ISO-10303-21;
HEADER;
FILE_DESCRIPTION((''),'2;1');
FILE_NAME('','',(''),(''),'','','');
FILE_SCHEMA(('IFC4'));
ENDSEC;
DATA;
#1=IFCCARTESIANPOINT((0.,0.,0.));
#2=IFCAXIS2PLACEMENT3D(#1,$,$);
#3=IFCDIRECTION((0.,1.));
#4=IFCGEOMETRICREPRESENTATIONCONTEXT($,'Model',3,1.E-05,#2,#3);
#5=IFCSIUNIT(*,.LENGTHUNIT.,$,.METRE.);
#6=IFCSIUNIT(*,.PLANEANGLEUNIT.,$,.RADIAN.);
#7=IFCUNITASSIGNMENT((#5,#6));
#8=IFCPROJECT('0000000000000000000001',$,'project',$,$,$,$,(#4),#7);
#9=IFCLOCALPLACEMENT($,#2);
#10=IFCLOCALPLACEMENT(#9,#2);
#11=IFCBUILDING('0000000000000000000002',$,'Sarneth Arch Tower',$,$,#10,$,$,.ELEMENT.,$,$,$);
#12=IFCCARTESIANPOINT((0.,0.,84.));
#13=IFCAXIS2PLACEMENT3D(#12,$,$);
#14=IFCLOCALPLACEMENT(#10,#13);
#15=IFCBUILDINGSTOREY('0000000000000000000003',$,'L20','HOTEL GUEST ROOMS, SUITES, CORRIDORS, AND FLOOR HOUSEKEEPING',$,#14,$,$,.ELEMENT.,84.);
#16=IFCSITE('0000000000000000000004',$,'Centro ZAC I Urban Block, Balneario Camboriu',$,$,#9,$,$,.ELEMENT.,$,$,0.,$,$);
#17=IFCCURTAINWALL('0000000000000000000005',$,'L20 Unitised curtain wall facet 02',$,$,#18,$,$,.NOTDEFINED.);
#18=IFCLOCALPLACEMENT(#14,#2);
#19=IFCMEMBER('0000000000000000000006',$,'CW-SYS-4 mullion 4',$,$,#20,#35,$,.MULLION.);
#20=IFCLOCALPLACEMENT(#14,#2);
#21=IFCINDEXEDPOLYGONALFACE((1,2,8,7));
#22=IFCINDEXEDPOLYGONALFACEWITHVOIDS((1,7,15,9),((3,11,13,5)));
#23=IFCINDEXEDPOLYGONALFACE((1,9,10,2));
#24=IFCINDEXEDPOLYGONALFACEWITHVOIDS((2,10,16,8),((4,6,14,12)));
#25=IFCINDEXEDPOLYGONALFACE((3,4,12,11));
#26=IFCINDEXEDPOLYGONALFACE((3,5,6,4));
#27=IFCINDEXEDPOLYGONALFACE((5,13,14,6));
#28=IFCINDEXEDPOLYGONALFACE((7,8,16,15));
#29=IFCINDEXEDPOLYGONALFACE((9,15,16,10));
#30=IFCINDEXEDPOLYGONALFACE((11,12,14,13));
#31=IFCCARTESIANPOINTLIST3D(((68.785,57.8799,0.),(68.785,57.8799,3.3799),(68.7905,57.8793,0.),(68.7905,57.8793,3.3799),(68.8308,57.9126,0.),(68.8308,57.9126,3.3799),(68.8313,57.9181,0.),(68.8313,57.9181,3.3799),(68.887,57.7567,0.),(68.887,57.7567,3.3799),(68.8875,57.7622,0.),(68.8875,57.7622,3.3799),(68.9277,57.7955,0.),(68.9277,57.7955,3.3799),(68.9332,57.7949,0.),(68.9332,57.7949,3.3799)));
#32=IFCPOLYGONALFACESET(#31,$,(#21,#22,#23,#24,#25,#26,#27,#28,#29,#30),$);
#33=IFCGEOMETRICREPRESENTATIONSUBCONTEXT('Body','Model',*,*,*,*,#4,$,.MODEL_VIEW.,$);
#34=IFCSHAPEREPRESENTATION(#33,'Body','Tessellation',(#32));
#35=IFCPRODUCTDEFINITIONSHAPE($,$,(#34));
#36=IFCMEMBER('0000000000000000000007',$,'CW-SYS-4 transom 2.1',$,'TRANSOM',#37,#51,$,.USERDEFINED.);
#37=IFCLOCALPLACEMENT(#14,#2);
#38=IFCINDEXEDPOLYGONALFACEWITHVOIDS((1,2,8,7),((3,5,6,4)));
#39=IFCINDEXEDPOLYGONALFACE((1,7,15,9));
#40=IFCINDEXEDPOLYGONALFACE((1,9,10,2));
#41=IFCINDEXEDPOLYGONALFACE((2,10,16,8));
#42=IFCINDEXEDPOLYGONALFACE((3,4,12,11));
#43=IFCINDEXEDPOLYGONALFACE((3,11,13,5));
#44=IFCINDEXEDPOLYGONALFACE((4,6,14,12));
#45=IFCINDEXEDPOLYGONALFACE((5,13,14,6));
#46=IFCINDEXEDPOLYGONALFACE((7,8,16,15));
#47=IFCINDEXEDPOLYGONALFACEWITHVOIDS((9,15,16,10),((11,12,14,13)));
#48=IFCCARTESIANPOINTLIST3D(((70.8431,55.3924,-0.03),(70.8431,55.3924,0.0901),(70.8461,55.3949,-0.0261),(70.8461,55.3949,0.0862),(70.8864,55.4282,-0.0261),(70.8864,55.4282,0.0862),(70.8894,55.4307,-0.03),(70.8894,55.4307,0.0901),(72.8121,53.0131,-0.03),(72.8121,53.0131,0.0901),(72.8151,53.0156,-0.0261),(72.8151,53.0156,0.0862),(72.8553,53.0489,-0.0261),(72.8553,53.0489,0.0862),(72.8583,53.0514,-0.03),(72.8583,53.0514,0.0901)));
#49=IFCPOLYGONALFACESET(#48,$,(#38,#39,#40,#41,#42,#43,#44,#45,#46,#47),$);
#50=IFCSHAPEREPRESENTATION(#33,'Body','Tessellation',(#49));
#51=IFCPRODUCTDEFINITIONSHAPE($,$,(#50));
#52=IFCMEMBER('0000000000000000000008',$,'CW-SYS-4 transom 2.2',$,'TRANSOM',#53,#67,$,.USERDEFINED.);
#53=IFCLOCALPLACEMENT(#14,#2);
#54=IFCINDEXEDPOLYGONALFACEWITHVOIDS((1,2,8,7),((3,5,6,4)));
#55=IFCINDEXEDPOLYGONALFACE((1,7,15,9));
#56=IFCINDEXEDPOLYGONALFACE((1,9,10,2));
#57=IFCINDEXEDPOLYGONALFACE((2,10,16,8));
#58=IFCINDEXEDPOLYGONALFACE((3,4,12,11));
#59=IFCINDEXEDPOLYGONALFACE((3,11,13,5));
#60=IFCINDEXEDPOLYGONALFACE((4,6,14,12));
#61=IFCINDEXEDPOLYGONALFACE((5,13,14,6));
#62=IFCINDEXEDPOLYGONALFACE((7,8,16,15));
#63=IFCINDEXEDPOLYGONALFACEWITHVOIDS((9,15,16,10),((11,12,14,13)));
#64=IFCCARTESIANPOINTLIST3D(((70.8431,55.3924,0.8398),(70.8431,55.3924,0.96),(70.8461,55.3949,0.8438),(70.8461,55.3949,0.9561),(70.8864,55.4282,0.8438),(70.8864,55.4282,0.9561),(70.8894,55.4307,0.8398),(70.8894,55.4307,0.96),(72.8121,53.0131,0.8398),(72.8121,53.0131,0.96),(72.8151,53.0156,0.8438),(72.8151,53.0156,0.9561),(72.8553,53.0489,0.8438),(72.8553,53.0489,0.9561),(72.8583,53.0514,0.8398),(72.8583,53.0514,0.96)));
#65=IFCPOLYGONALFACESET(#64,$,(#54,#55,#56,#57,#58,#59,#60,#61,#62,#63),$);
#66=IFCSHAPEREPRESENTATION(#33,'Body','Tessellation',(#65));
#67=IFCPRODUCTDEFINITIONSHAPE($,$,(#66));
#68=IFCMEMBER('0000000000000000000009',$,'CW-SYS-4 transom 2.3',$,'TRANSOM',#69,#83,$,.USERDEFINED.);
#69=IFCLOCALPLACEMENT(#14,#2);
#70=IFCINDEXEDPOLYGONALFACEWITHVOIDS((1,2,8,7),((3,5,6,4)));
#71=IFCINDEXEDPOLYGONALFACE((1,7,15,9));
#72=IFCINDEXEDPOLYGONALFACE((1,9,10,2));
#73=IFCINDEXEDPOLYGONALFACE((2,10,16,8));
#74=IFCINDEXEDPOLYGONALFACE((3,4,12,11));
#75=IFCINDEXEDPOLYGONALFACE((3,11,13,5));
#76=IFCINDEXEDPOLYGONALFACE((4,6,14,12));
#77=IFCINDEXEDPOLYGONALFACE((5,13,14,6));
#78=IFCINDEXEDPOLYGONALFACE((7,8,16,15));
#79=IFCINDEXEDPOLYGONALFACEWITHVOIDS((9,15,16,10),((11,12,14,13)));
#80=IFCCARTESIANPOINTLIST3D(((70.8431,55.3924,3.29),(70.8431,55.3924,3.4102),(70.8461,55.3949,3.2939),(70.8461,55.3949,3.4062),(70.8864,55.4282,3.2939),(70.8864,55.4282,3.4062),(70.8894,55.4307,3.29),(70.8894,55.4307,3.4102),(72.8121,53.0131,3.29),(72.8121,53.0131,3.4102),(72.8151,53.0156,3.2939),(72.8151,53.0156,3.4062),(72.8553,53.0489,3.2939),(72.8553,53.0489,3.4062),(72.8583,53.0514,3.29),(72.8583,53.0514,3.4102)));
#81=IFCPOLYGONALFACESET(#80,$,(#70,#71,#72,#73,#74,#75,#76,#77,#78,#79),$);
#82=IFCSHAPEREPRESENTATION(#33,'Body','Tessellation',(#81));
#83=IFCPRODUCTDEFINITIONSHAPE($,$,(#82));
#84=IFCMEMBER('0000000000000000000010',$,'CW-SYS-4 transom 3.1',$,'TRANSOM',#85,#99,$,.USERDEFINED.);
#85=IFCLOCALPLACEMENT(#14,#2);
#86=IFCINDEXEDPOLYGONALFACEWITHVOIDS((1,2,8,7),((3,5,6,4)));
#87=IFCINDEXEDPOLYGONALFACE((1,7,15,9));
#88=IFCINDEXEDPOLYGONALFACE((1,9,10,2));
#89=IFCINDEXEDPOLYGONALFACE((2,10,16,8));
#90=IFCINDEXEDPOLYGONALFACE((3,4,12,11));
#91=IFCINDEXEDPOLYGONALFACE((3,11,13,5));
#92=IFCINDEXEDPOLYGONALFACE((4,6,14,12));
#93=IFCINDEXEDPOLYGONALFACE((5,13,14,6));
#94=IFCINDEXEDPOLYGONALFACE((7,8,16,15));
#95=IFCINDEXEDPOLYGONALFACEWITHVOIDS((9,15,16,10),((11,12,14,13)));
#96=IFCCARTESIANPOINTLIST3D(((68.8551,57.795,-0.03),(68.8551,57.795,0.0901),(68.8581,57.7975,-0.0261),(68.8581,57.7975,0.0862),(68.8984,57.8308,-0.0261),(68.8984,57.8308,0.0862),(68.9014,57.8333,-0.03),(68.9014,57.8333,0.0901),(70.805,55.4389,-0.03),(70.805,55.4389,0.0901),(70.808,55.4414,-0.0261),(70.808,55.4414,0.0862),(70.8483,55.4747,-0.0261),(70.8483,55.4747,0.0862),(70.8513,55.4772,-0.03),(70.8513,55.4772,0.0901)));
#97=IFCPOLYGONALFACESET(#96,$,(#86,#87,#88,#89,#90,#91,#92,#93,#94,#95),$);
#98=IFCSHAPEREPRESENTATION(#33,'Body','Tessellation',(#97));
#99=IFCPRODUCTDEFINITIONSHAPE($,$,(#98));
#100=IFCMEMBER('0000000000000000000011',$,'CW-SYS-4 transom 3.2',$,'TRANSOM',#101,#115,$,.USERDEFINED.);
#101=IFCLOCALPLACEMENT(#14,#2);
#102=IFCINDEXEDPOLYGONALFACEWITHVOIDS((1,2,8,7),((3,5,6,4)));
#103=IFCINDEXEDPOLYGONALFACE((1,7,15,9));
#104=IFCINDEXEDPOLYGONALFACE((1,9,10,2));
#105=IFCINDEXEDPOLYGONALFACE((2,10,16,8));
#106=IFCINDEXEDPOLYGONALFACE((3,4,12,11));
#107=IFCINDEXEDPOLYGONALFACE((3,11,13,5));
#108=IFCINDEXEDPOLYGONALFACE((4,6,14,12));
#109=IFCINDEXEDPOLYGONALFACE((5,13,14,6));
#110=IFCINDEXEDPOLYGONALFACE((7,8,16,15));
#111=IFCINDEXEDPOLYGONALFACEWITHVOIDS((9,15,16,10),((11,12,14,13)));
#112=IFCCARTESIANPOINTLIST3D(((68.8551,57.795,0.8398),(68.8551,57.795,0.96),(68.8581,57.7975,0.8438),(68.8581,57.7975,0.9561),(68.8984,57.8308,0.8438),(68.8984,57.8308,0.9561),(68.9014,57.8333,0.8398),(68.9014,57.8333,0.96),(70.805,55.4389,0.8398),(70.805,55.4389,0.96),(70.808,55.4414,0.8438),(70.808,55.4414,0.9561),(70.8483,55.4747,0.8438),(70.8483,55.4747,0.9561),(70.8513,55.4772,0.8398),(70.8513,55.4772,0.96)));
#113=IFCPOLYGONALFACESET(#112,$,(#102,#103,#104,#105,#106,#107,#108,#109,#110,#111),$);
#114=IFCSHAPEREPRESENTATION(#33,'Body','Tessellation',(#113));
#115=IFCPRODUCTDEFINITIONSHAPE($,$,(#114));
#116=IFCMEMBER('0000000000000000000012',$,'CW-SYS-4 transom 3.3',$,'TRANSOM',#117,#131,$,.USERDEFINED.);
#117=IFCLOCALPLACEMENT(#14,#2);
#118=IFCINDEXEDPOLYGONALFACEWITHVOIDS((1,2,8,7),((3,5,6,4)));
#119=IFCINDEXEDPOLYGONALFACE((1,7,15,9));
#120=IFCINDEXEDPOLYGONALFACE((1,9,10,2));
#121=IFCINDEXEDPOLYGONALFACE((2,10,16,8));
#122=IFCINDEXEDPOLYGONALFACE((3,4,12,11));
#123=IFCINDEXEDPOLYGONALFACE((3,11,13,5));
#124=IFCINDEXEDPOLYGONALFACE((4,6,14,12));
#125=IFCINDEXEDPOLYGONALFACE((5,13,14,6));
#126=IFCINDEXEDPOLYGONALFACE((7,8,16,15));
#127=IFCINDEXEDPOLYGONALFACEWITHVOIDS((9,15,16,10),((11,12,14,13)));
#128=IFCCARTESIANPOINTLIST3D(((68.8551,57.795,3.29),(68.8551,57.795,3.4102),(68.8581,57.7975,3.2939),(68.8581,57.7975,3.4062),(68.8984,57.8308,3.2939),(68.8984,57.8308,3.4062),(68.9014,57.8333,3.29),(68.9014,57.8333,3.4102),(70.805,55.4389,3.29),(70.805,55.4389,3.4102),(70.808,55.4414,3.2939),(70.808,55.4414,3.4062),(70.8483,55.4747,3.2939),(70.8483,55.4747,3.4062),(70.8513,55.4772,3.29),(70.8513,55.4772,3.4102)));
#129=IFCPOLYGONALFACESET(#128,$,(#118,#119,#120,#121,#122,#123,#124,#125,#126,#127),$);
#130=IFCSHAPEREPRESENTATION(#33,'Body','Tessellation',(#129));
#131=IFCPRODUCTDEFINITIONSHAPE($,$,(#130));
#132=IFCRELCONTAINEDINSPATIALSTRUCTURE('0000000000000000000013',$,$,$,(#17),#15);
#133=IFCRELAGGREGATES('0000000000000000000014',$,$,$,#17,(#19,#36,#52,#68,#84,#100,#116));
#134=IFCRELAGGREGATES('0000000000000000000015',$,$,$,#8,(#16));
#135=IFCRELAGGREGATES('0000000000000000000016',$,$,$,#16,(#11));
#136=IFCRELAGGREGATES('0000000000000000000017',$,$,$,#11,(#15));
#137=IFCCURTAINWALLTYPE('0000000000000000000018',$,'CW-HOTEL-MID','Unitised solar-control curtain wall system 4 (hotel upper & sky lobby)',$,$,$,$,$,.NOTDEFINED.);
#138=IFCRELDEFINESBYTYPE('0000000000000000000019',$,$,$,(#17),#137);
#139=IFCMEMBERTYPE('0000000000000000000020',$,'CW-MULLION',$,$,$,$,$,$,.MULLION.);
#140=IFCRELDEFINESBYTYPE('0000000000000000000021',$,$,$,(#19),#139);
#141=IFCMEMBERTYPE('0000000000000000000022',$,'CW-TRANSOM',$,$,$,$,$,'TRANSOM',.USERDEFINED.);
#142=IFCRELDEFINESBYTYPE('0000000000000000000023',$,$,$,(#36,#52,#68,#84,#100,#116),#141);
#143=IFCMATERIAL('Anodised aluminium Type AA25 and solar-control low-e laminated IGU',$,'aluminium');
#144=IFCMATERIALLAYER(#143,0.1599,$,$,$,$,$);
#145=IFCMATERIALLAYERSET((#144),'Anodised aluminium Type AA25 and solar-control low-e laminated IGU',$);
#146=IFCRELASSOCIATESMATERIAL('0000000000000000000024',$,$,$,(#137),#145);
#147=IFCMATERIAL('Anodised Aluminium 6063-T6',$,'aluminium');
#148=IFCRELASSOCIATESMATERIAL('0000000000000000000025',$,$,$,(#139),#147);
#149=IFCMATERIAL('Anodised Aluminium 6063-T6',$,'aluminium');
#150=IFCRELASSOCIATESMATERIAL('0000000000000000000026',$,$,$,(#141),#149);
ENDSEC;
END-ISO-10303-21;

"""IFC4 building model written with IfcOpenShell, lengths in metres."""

from ifc_helpers import new_model, si_unit, direction, frame, origin, origin_2d, place, context, subcontext, project, spatial, hollow_rectangle, extrude, material, layer, layer_set, material_profile, profile_set, type_object, element, aggregate, save


model = new_model("IFC4")

# Units and contexts
model_context = context("Model", 3, precision=1e-05, world=origin(), true_north=direction((0.0, 1.0)))
body_context = subcontext(model_context, "Body", "Model", "MODEL_VIEW")
ifc_project = project(units=[si_unit("LENGTHUNIT", "METRE"), si_unit("PLANEANGLEUNIT", "RADIAN")], contexts=[model_context])

# Site, building, storey
site_placement = place(None, origin())
site = spatial("IfcSite", under=ifc_project, at=site_placement, Name="Centro ZAC I Urban Block, Balneario Camboriu", CompositionType="ELEMENT", RefElevation=0.0)
building_placement = place(site_placement, origin())
building = spatial("IfcBuilding", under=site, at=building_placement, Name="Sarneth Arch Tower", CompositionType="ELEMENT")
storey_placement = place(building_placement, frame((0.0, 0.0, 84.0)))
storey = spatial("IfcBuildingStorey", under=building, at=storey_placement, Name="L20", Description="HOTEL GUEST ROOMS, SUITES, CORRIDORS, AND FLOOR HOUSEKEEPING", CompositionType="ELEMENT", Elevation=84.0)

# Curtain wall, members
ifc_material_1 = material(Name="Anodised aluminium Type AA25 and solar-control low-e laminated IGU", Category="aluminium")
ifc_layer_1 = layer(ifc_material_1, 0.1599)
ifc_layer_set_1 = layer_set([ifc_layer_1], Name="Anodised aluminium Type AA25 and solar-control low-e laminated IGU")
curtain_wall_type = type_object("IfcCurtainWallType", Name="CW-HOTEL-MID", Description="Unitised solar-control curtain wall system 4 (hotel upper & sky lobby)", PredefinedType="NOTDEFINED", material=ifc_layer_set_1)
curtain_wall_placement = place(storey_placement, origin())
curtain_wall = element("IfcCurtainWall", 1, at=curtain_wall_placement, inside=storey, type_object=curtain_wall_type, Name="L20 Unitised curtain wall facet 02", PredefinedType="NOTDEFINED")
ifc_material_2 = material(Name="Anodised Aluminium 6063-T6", Category="aluminium")
ifc_material_profile_1 = material_profile(ifc_material_2, hollow_rectangle(XDim=0.0601, YDim=0.1599, WallThickness=0.0039, at=origin_2d()), Name="AL-MULL-160x60x4")
ifc_profile_set_1 = profile_set([ifc_material_profile_1], Name="Anodised Aluminium 6063-T6")
member_type_1 = type_object("IfcMemberType", Name="CW-MULLION", PredefinedType="MULLION", material=ifc_profile_set_1)
member_1_placement = place(storey_placement, frame((68.8591, 57.8374, 0.0), z_axis=(0.0, 0.0, 1.0), x_axis=(-0.770438, -0.637515, 0.0)))
member_1 = element("IfcMember", 2, at=member_1_placement, type_object=member_type_1, Name="CW-SYS-4 mullion 4", PredefinedType="MULLION", context=body_context, shape_type="SweptSolid", body=[
    extrude(hollow_rectangle(XDim=0.0601, YDim=0.1599, WallThickness=0.0039, at=origin_2d()), origin(), (0.0, 0.0, 1.0), 3.3799),
])
ifc_material_3 = material(Name="Anodised Aluminium 6063-T6", Category="aluminium")
ifc_material_profile_2 = material_profile(ifc_material_3, hollow_rectangle(XDim=0.0601, YDim=0.1201, WallThickness=0.0039, at=origin_2d()), Name="AL-TRAN-120x60x4")
ifc_profile_set_2 = profile_set([ifc_material_profile_2], Name="Anodised Aluminium 6063-T6")
member_type_2 = type_object("IfcMemberType", Name="CW-TRANSOM", ElementType="TRANSOM", PredefinedType="USERDEFINED", material=ifc_profile_set_2)
member_2_placement = place(storey_placement, frame((72.8352, 53.0322, 0.03), z_axis=(-0.637537, 0.77042, 0.0), x_axis=(-0.77042, -0.637537, 0.0)))
member_2 = element("IfcMember", 3, at=member_2_placement, type_object=member_type_2, Name="CW-SYS-4 transom 2.1", ObjectType="TRANSOM", PredefinedType="USERDEFINED", context=body_context, shape_type="SweptSolid", body=[
    extrude(hollow_rectangle(XDim=0.0601, YDim=0.1201, WallThickness=0.0039, at=origin_2d()), origin(), (0.0, 0.0, 1.0), 3.0884),
])
member_3_placement = place(storey_placement, frame((72.8352, 53.0322, 0.8999), z_axis=(-0.637537, 0.77042, 0.0), x_axis=(-0.77042, -0.637537, 0.0)))
member_3 = element("IfcMember", 4, at=member_3_placement, type_object=member_type_2, Name="CW-SYS-4 transom 2.2", ObjectType="TRANSOM", PredefinedType="USERDEFINED", context=body_context, shape_type="SweptSolid", body=[
    extrude(hollow_rectangle(XDim=0.0601, YDim=0.1201, WallThickness=0.0039, at=origin_2d()), origin(), (0.0, 0.0, 1.0), 3.0884),
])
member_4_placement = place(storey_placement, frame((72.8352, 53.0322, 3.3501), z_axis=(-0.637537, 0.77042, 0.0), x_axis=(-0.77042, -0.637537, 0.0)))
member_4 = element("IfcMember", 5, at=member_4_placement, type_object=member_type_2, Name="CW-SYS-4 transom 2.3", ObjectType="TRANSOM", PredefinedType="USERDEFINED", context=body_context, shape_type="SweptSolid", body=[
    extrude(hollow_rectangle(XDim=0.0601, YDim=0.1201, WallThickness=0.0039, at=origin_2d()), origin(), (0.0, 0.0, 1.0), 3.0884),
])
member_5_placement = place(storey_placement, frame((70.8281, 55.458, 0.03), z_axis=(-0.637566, 0.770396, 0.0), x_axis=(-0.770396, -0.637566, 0.0)))
member_5 = element("IfcMember", 6, at=member_5_placement, type_object=member_type_2, Name="CW-SYS-4 transom 3.1", ObjectType="TRANSOM", PredefinedType="USERDEFINED", context=body_context, shape_type="SweptSolid", body=[
    extrude(hollow_rectangle(XDim=0.0601, YDim=0.1201, WallThickness=0.0039, at=origin_2d()), origin(), (0.0, 0.0, 1.0), 3.0583),
])
member_6_placement = place(storey_placement, frame((70.8281, 55.458, 0.8999), z_axis=(-0.637566, 0.770396, 0.0), x_axis=(-0.770396, -0.637566, 0.0)))
member_6 = element("IfcMember", 7, at=member_6_placement, type_object=member_type_2, Name="CW-SYS-4 transom 3.2", ObjectType="TRANSOM", PredefinedType="USERDEFINED", context=body_context, shape_type="SweptSolid", body=[
    extrude(hollow_rectangle(XDim=0.0601, YDim=0.1201, WallThickness=0.0039, at=origin_2d()), origin(), (0.0, 0.0, 1.0), 3.0583),
])
member_7_placement = place(storey_placement, frame((70.8281, 55.458, 3.3501), z_axis=(-0.637566, 0.770396, 0.0), x_axis=(-0.770396, -0.637566, 0.0)))
member_7 = element("IfcMember", 8, at=member_7_placement, type_object=member_type_2, Name="CW-SYS-4 transom 3.3", ObjectType="TRANSOM", PredefinedType="USERDEFINED", context=body_context, shape_type="SweptSolid", body=[
    extrude(hollow_rectangle(XDim=0.0601, YDim=0.1201, WallThickness=0.0039, at=origin_2d()), origin(), (0.0, 0.0, 1.0), 3.0583),
])

aggregate(curtain_wall, [member_1, member_2, member_3, member_4, member_5, member_6, member_7])

save(model, "model.ifc")
